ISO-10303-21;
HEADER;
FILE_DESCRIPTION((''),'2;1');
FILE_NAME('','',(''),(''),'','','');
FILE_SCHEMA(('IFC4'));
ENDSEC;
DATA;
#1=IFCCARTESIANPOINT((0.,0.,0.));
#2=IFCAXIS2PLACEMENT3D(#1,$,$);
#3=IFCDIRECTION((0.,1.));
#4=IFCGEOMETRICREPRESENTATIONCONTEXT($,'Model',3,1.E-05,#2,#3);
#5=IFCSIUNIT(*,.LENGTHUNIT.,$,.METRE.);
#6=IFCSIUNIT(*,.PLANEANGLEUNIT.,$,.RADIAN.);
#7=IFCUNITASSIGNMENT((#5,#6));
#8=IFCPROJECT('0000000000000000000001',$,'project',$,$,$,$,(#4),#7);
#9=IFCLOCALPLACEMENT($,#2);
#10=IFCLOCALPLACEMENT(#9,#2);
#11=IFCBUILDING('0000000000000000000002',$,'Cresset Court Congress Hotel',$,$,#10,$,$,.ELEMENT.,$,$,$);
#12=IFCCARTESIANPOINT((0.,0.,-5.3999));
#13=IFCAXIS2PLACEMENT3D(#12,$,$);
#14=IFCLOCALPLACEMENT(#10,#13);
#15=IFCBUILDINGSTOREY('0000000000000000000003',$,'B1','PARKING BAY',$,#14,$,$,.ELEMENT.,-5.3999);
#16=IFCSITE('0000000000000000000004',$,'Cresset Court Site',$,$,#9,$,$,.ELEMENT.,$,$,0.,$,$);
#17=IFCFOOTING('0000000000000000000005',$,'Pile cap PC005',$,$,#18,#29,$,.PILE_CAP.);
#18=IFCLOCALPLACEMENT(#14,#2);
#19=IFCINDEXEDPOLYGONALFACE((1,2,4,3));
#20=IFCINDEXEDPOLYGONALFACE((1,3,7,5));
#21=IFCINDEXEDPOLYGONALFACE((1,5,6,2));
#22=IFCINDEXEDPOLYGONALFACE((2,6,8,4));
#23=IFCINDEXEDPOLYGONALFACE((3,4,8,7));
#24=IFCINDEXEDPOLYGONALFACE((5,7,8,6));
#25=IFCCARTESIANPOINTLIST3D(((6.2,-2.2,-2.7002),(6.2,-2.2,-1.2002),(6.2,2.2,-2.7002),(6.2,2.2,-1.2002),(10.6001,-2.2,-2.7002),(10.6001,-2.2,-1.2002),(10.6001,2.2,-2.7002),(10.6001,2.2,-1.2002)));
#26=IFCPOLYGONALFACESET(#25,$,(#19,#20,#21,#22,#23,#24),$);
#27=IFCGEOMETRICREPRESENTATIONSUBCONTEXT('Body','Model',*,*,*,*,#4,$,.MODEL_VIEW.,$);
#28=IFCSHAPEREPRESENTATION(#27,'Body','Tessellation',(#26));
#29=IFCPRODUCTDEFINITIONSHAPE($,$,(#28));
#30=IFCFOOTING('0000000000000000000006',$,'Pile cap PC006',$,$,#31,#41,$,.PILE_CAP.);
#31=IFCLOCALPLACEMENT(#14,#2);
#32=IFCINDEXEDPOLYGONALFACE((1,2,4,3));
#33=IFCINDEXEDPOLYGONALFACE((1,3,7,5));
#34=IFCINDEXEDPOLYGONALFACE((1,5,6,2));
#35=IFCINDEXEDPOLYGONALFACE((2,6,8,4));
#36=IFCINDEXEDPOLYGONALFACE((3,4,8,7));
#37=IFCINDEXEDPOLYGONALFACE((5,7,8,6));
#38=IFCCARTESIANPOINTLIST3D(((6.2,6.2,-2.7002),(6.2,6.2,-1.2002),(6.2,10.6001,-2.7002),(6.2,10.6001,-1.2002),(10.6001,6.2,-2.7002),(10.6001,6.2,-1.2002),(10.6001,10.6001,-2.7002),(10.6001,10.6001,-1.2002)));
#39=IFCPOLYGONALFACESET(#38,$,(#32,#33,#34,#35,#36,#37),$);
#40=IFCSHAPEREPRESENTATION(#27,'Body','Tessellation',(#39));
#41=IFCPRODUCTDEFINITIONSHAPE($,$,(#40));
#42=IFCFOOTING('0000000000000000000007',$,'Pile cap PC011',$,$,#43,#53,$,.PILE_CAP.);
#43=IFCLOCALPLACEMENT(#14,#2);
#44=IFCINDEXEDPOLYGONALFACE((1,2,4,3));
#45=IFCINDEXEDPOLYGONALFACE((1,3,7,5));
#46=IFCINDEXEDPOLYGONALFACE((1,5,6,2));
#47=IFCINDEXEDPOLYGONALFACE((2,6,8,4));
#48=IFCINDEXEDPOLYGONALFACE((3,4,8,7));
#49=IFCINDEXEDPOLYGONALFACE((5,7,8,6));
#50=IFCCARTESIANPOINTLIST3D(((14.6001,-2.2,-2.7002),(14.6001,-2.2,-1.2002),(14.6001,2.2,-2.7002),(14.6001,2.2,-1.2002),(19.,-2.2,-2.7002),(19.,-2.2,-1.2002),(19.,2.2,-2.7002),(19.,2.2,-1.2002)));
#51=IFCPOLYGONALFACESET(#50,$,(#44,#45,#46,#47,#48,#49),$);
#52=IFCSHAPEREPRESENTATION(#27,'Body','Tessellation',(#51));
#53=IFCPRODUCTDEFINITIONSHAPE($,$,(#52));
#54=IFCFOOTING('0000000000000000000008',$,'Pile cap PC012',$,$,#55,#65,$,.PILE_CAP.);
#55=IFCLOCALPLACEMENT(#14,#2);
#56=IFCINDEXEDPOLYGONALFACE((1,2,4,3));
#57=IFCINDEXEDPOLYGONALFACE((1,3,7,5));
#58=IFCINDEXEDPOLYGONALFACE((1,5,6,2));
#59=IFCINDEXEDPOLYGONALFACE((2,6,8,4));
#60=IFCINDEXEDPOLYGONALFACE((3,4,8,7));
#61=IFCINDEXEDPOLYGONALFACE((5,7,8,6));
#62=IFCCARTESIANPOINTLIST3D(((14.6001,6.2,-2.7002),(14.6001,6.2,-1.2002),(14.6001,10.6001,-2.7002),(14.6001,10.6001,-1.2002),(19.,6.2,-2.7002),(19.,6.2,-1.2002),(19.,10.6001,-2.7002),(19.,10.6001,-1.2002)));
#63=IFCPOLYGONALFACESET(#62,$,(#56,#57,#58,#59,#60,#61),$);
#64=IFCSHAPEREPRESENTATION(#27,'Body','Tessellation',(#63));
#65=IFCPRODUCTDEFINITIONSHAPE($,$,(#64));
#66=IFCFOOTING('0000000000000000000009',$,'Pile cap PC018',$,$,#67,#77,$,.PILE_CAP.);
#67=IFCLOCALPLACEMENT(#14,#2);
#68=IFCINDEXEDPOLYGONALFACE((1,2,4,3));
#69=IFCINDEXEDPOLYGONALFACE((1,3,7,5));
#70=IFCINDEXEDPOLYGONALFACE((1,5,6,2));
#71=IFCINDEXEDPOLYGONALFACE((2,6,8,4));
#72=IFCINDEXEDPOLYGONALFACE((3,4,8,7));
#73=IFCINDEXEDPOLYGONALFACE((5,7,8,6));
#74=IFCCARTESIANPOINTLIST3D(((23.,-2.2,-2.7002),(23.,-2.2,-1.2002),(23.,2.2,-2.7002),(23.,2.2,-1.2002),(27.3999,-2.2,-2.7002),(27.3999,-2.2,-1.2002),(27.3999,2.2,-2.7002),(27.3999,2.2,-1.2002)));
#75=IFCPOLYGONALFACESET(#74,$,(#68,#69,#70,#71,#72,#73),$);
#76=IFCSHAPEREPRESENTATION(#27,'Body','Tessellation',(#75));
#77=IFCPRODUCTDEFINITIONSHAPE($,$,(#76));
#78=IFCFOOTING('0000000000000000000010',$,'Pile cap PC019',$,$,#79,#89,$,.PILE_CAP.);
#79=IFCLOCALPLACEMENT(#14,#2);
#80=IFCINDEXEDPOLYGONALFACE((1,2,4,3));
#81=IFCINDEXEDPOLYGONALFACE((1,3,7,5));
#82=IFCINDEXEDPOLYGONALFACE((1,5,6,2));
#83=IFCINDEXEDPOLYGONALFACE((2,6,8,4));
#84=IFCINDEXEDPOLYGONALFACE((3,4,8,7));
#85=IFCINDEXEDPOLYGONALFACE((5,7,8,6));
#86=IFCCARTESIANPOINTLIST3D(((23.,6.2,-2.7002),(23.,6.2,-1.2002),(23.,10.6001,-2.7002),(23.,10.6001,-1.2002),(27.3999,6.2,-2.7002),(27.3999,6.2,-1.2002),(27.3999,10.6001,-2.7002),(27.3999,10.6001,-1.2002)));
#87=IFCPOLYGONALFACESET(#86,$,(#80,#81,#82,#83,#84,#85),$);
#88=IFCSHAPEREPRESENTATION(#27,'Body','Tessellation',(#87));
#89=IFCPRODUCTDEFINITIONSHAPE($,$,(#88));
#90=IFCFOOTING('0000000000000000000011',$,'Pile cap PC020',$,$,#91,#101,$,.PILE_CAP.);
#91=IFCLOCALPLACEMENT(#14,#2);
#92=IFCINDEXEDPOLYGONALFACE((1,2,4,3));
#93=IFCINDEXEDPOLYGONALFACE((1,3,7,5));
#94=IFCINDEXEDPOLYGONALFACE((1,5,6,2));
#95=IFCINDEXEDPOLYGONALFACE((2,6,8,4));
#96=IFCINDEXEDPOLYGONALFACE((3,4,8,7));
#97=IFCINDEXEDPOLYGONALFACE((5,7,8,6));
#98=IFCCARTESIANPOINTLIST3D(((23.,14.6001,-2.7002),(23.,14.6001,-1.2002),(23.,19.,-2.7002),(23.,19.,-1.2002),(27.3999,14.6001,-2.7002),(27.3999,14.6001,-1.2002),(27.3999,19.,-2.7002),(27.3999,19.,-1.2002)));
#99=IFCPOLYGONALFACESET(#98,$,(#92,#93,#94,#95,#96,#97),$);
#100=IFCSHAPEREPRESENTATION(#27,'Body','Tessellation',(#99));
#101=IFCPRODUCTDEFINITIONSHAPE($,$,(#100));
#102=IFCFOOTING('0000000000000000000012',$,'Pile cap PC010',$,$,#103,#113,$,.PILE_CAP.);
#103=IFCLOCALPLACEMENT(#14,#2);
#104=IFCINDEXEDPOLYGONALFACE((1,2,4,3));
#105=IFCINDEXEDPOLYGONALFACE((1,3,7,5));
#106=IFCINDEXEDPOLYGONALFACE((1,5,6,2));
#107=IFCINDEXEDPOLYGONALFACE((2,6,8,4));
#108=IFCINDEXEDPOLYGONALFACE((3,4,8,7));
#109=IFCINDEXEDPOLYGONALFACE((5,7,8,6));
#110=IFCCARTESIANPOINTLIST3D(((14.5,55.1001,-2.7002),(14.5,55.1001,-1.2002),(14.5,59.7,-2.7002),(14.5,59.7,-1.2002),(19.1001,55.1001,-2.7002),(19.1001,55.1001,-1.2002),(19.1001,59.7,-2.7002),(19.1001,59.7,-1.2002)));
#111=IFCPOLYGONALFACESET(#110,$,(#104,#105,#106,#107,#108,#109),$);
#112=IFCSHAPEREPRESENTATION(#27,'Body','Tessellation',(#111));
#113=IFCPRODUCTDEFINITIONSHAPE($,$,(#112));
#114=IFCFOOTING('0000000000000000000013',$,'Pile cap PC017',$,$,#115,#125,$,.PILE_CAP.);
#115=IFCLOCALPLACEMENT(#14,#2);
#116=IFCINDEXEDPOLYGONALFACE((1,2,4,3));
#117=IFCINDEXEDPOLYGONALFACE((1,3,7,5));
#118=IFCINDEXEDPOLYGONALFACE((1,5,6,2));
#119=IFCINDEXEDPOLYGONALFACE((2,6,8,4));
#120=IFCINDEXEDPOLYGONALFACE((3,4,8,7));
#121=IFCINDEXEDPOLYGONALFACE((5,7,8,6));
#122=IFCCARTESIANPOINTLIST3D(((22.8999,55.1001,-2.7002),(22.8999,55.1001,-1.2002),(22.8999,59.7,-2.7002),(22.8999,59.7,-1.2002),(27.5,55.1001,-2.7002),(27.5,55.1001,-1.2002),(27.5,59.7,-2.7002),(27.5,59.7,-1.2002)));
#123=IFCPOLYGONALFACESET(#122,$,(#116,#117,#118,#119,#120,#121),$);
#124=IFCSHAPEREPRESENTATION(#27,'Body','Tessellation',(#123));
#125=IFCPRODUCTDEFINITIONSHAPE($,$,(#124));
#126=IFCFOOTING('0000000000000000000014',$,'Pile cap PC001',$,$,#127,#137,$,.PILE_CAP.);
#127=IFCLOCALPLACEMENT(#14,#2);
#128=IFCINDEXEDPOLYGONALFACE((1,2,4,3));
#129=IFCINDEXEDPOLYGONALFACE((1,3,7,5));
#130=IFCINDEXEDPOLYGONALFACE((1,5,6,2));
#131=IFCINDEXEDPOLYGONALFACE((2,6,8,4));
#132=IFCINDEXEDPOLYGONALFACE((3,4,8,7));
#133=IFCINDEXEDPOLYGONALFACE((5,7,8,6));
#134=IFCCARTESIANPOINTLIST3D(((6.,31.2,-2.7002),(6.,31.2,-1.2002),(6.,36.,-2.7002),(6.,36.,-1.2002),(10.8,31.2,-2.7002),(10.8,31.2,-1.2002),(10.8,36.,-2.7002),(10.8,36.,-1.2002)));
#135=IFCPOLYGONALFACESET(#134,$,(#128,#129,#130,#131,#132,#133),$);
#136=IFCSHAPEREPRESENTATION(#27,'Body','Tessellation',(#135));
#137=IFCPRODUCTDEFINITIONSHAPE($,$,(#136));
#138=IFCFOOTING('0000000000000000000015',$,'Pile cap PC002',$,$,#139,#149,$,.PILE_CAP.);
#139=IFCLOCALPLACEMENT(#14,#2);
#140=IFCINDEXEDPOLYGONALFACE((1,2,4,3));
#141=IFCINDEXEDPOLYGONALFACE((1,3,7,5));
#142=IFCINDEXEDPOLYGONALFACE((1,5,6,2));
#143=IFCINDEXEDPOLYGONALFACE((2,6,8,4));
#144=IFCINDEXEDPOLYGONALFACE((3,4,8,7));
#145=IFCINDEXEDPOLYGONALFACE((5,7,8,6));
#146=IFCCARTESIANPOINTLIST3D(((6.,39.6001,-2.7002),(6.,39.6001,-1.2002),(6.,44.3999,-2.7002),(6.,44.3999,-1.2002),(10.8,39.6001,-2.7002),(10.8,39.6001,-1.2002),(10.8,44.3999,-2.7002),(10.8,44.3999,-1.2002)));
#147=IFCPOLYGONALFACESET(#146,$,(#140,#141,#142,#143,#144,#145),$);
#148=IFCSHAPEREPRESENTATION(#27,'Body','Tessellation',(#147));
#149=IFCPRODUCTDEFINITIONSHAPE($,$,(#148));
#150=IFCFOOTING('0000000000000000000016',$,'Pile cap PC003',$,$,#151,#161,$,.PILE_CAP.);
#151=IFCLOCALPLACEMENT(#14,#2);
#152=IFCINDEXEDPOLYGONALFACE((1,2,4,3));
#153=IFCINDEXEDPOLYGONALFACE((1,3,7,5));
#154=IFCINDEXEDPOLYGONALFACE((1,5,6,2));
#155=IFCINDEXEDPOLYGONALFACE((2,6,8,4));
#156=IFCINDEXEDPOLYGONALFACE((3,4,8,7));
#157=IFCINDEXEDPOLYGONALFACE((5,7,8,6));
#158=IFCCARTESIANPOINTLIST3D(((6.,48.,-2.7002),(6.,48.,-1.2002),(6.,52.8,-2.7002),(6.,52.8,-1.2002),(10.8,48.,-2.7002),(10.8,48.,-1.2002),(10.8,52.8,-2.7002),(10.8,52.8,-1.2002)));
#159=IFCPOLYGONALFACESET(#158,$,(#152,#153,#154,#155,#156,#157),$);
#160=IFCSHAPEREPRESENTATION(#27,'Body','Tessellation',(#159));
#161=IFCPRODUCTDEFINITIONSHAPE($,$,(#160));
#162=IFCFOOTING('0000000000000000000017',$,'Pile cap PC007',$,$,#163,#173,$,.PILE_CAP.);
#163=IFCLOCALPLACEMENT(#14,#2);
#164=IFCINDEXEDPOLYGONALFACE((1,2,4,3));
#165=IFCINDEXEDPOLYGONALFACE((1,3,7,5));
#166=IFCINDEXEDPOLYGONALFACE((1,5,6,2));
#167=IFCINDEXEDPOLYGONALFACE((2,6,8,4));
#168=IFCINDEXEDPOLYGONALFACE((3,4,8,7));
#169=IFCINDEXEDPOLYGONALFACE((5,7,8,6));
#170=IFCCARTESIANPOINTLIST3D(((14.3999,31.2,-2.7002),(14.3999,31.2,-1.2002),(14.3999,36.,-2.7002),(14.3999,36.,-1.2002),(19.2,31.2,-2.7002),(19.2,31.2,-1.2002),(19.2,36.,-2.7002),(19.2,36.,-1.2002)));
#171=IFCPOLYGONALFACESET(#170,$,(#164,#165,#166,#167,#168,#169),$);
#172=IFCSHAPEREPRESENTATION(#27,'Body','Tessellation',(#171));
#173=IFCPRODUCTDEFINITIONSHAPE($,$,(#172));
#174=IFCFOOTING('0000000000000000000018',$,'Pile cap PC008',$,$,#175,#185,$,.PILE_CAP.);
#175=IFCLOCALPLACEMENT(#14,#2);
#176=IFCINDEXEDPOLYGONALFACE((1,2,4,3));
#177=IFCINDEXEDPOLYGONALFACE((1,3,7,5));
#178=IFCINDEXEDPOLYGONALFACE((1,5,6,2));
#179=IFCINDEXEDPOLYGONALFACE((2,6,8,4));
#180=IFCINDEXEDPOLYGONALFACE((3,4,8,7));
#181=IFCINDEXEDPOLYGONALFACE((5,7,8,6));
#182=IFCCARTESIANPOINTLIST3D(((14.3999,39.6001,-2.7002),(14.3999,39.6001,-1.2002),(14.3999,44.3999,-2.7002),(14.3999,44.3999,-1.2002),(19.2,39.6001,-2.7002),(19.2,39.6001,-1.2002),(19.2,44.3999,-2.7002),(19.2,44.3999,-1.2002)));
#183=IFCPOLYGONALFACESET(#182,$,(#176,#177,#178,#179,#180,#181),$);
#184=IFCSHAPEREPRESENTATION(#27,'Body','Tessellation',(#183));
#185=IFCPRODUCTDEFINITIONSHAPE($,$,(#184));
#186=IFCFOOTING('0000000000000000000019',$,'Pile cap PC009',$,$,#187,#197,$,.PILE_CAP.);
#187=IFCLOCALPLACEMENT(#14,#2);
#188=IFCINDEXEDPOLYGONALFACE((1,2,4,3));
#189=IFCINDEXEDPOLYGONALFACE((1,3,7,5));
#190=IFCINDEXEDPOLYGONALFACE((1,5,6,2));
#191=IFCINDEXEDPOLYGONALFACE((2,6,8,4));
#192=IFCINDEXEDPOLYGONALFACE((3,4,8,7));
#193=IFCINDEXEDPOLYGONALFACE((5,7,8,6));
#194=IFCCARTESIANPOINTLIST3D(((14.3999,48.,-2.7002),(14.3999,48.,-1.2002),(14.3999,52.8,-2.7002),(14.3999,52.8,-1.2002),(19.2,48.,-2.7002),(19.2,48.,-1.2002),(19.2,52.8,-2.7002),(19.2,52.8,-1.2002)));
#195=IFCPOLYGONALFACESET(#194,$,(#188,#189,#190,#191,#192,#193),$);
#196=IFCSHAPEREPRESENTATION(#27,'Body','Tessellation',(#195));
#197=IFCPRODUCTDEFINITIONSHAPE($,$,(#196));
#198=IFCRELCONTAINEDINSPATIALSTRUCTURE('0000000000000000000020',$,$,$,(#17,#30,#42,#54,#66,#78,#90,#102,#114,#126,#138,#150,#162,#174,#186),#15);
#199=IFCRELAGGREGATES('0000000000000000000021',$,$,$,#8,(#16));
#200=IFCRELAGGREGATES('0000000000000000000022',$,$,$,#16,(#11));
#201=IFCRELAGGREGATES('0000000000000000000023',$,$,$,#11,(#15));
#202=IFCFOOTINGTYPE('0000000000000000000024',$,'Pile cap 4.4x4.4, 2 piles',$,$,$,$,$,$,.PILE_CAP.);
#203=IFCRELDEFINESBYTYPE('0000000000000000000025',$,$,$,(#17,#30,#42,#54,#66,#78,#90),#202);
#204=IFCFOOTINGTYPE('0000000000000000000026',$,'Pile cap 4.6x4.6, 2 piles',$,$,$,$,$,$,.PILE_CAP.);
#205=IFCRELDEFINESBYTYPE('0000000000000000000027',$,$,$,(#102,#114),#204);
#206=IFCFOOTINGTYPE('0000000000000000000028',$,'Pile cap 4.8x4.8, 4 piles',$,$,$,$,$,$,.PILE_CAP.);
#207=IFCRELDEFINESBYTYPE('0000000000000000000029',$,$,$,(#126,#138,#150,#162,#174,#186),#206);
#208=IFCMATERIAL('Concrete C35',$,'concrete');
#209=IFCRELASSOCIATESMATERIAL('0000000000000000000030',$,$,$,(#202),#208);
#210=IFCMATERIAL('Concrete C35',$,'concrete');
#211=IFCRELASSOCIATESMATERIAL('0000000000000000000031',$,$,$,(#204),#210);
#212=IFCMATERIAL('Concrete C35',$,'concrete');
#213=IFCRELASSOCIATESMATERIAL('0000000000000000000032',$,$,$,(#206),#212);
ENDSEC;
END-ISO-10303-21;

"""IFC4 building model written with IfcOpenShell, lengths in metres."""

from ifc_helpers import new_model, si_unit, direction, frame, origin, place, context, subcontext, project, spatial, polyline, outline, extrude, material, type_object, element, save


model = new_model("IFC4")

# Units and contexts
model_context = context("Model", 3, precision=1e-05, world=origin(), true_north=direction((0.0, 1.0)))
body_context = subcontext(model_context, "Body", "Model", "MODEL_VIEW")
ifc_project = project(units=[si_unit("LENGTHUNIT", "METRE"), si_unit("PLANEANGLEUNIT", "RADIAN")], contexts=[model_context])

# Site, building, storey
site_placement = place(None, origin())
site = spatial("IfcSite", under=ifc_project, at=site_placement, Name="Cresset Court Site", CompositionType="ELEMENT", RefElevation=0.0)
building_placement = place(site_placement, origin())
building = spatial("IfcBuilding", under=site, at=building_placement, Name="Cresset Court Congress Hotel", CompositionType="ELEMENT")
storey_placement = place(building_placement, frame((0.0, 0.0, -5.3999)))
storey = spatial("IfcBuildingStorey", under=building, at=storey_placement, Name="B1", Description="PARKING BAY", CompositionType="ELEMENT", Elevation=-5.3999)

# Footings
ifc_material_1 = material(Name="Concrete C35", Category="concrete")
footing_type_1 = type_object("IfcFootingType", Name="Pile cap 4.4x4.4, 2 piles", PredefinedType="PILE_CAP", material=ifc_material_1)
footing_1_placement = place(storey_placement, frame((0.0, 0.0, -2.7002)))
element("IfcFooting", 1, at=footing_1_placement, inside=storey, type_object=footing_type_1, Name="Pile cap PC005", PredefinedType="PILE_CAP", context=body_context, shape_type="SweptSolid", body=[
    extrude(outline(polyline([(10.6001, 2.2), (10.6001, -2.2), (6.2, -2.2), (6.2, 2.2), (10.6001, 2.2)])), origin(), (0.0, 0.0, 1.0), 1.5),
])
footing_2_placement = place(storey_placement, frame((0.0, 0.0, -2.7002)))
element("IfcFooting", 2, at=footing_2_placement, inside=storey, type_object=footing_type_1, Name="Pile cap PC006", PredefinedType="PILE_CAP", context=body_context, shape_type="SweptSolid", body=[
    extrude(outline(polyline([(10.6001, 6.2), (6.2, 6.2), (6.2, 10.6001), (10.6001, 10.6001), (10.6001, 6.2)])), origin(), (0.0, 0.0, 1.0), 1.5),
])
footing_3_placement = place(storey_placement, frame((0.0, 0.0, -2.7002)))
element("IfcFooting", 3, at=footing_3_placement, inside=storey, type_object=footing_type_1, Name="Pile cap PC011", PredefinedType="PILE_CAP", context=body_context, shape_type="SweptSolid", body=[
    extrude(outline(polyline([(19.0, 2.2), (19.0, -2.2), (14.6001, -2.2), (14.6001, 2.2), (19.0, 2.2)])), origin(), (0.0, 0.0, 1.0), 1.5),
])
footing_4_placement = place(storey_placement, frame((0.0, 0.0, -2.7002)))
element("IfcFooting", 4, at=footing_4_placement, inside=storey, type_object=footing_type_1, Name="Pile cap PC012", PredefinedType="PILE_CAP", context=body_context, shape_type="SweptSolid", body=[
    extrude(outline(polyline([(19.0, 6.2), (14.6001, 6.2), (14.6001, 10.6001), (19.0, 10.6001), (19.0, 6.2)])), origin(), (0.0, 0.0, 1.0), 1.5),
])
footing_5_placement = place(storey_placement, frame((0.0, 0.0, -2.7002)))
element("IfcFooting", 5, at=footing_5_placement, inside=storey, type_object=footing_type_1, Name="Pile cap PC018", PredefinedType="PILE_CAP", context=body_context, shape_type="SweptSolid", body=[
    extrude(outline(polyline([(27.3999, -2.2), (23.0, -2.2), (23.0, 2.2), (27.3999, 2.2), (27.3999, -2.2)])), origin(), (0.0, 0.0, 1.0), 1.5),
])
footing_6_placement = place(storey_placement, frame((0.0, 0.0, -2.7002)))
element("IfcFooting", 6, at=footing_6_placement, inside=storey, type_object=footing_type_1, Name="Pile cap PC019", PredefinedType="PILE_CAP", context=body_context, shape_type="SweptSolid", body=[
    extrude(outline(polyline([(27.3999, 10.6001), (27.3999, 6.2), (23.0, 6.2), (23.0, 10.6001), (27.3999, 10.6001)])), origin(), (0.0, 0.0, 1.0), 1.5),
])
footing_7_placement = place(storey_placement, frame((0.0, 0.0, -2.7002)))
element("IfcFooting", 7, at=footing_7_placement, inside=storey, type_object=footing_type_1, Name="Pile cap PC020", PredefinedType="PILE_CAP", context=body_context, shape_type="SweptSolid", body=[
    extrude(outline(polyline([(27.3999, 14.6001), (23.0, 14.6001), (23.0, 19.0), (27.3999, 19.0), (27.3999, 14.6001)])), origin(), (0.0, 0.0, 1.0), 1.5),
])
ifc_material_2 = material(Name="Concrete C35", Category="concrete")
footing_type_2 = type_object("IfcFootingType", Name="Pile cap 4.6x4.6, 2 piles", PredefinedType="PILE_CAP", material=ifc_material_2)
footing_8_placement = place(storey_placement, frame((0.0, 0.0, -2.7002)))
element("IfcFooting", 8, at=footing_8_placement, inside=storey, type_object=footing_type_2, Name="Pile cap PC010", PredefinedType="PILE_CAP", context=body_context, shape_type="SweptSolid", body=[
    extrude(outline(polyline([(19.1001, 55.1001), (14.5, 55.1001), (14.5, 59.7), (19.1001, 59.7), (19.1001, 55.1001)])), origin(), (0.0, 0.0, 1.0), 1.5),
])
footing_9_placement = place(storey_placement, frame((0.0, 0.0, -2.7002)))
element("IfcFooting", 9, at=footing_9_placement, inside=storey, type_object=footing_type_2, Name="Pile cap PC017", PredefinedType="PILE_CAP", context=body_context, shape_type="SweptSolid", body=[
    extrude(outline(polyline([(27.5, 55.1001), (22.8999, 55.1001), (22.8999, 59.7), (27.5, 59.7), (27.5, 55.1001)])), origin(), (0.0, 0.0, 1.0), 1.5),
])
ifc_material_3 = material(Name="Concrete C35", Category="concrete")
footing_type_3 = type_object("IfcFootingType", Name="Pile cap 4.8x4.8, 4 piles", PredefinedType="PILE_CAP", material=ifc_material_3)
footing_10_placement = place(storey_placement, frame((0.0, 0.0, -2.7002)))
element("IfcFooting", 10, at=footing_10_placement, inside=storey, type_object=footing_type_3, Name="Pile cap PC001", PredefinedType="PILE_CAP", context=body_context, shape_type="SweptSolid", body=[
    extrude(outline(polyline([(10.8, 31.2), (6.0, 31.2), (6.0, 36.0), (10.8, 36.0), (10.8, 31.2)])), origin(), (0.0, 0.0, 1.0), 1.5),
])
footing_11_placement = place(storey_placement, frame((0.0, 0.0, -2.7002)))
element("IfcFooting", 11, at=footing_11_placement, inside=storey, type_object=footing_type_3, Name="Pile cap PC002", PredefinedType="PILE_CAP", context=body_context, shape_type="SweptSolid", body=[
    extrude(outline(polyline([(10.8, 39.6001), (6.0, 39.6001), (6.0, 44.3999), (10.8, 44.3999), (10.8, 39.6001)])), origin(), (0.0, 0.0, 1.0), 1.5),
])
footing_12_placement = place(storey_placement, frame((0.0, 0.0, -2.7002)))
element("IfcFooting", 12, at=footing_12_placement, inside=storey, type_object=footing_type_3, Name="Pile cap PC003", PredefinedType="PILE_CAP", context=body_context, shape_type="SweptSolid", body=[
    extrude(outline(polyline([(10.8, 48.0), (6.0, 48.0), (6.0, 52.8), (10.8, 52.8), (10.8, 48.0)])), origin(), (0.0, 0.0, 1.0), 1.5),
])
footing_13_placement = place(storey_placement, frame((0.0, 0.0, -2.7002)))
element("IfcFooting", 13, at=footing_13_placement, inside=storey, type_object=footing_type_3, Name="Pile cap PC007", PredefinedType="PILE_CAP", context=body_context, shape_type="SweptSolid", body=[
    extrude(outline(polyline([(19.2, 36.0), (19.2, 31.2), (14.3999, 31.2), (14.3999, 36.0), (19.2, 36.0)])), origin(), (0.0, 0.0, 1.0), 1.5),
])
footing_14_placement = place(storey_placement, frame((0.0, 0.0, -2.7002)))
element("IfcFooting", 14, at=footing_14_placement, inside=storey, type_object=footing_type_3, Name="Pile cap PC008", PredefinedType="PILE_CAP", context=body_context, shape_type="SweptSolid", body=[
    extrude(outline(polyline([(19.2, 44.3999), (19.2, 39.6001), (14.3999, 39.6001), (14.3999, 44.3999), (19.2, 44.3999)])), origin(), (0.0, 0.0, 1.0), 1.5),
])
footing_15_placement = place(storey_placement, frame((0.0, 0.0, -2.7002)))
element("IfcFooting", 15, at=footing_15_placement, inside=storey, type_object=footing_type_3, Name="Pile cap PC009", PredefinedType="PILE_CAP", context=body_context, shape_type="SweptSolid", body=[
    extrude(outline(polyline([(19.2, 48.0), (14.3999, 48.0), (14.3999, 52.8), (19.2, 52.8), (19.2, 48.0)])), origin(), (0.0, 0.0, 1.0), 1.5),
])

save(model, "model.ifc")
